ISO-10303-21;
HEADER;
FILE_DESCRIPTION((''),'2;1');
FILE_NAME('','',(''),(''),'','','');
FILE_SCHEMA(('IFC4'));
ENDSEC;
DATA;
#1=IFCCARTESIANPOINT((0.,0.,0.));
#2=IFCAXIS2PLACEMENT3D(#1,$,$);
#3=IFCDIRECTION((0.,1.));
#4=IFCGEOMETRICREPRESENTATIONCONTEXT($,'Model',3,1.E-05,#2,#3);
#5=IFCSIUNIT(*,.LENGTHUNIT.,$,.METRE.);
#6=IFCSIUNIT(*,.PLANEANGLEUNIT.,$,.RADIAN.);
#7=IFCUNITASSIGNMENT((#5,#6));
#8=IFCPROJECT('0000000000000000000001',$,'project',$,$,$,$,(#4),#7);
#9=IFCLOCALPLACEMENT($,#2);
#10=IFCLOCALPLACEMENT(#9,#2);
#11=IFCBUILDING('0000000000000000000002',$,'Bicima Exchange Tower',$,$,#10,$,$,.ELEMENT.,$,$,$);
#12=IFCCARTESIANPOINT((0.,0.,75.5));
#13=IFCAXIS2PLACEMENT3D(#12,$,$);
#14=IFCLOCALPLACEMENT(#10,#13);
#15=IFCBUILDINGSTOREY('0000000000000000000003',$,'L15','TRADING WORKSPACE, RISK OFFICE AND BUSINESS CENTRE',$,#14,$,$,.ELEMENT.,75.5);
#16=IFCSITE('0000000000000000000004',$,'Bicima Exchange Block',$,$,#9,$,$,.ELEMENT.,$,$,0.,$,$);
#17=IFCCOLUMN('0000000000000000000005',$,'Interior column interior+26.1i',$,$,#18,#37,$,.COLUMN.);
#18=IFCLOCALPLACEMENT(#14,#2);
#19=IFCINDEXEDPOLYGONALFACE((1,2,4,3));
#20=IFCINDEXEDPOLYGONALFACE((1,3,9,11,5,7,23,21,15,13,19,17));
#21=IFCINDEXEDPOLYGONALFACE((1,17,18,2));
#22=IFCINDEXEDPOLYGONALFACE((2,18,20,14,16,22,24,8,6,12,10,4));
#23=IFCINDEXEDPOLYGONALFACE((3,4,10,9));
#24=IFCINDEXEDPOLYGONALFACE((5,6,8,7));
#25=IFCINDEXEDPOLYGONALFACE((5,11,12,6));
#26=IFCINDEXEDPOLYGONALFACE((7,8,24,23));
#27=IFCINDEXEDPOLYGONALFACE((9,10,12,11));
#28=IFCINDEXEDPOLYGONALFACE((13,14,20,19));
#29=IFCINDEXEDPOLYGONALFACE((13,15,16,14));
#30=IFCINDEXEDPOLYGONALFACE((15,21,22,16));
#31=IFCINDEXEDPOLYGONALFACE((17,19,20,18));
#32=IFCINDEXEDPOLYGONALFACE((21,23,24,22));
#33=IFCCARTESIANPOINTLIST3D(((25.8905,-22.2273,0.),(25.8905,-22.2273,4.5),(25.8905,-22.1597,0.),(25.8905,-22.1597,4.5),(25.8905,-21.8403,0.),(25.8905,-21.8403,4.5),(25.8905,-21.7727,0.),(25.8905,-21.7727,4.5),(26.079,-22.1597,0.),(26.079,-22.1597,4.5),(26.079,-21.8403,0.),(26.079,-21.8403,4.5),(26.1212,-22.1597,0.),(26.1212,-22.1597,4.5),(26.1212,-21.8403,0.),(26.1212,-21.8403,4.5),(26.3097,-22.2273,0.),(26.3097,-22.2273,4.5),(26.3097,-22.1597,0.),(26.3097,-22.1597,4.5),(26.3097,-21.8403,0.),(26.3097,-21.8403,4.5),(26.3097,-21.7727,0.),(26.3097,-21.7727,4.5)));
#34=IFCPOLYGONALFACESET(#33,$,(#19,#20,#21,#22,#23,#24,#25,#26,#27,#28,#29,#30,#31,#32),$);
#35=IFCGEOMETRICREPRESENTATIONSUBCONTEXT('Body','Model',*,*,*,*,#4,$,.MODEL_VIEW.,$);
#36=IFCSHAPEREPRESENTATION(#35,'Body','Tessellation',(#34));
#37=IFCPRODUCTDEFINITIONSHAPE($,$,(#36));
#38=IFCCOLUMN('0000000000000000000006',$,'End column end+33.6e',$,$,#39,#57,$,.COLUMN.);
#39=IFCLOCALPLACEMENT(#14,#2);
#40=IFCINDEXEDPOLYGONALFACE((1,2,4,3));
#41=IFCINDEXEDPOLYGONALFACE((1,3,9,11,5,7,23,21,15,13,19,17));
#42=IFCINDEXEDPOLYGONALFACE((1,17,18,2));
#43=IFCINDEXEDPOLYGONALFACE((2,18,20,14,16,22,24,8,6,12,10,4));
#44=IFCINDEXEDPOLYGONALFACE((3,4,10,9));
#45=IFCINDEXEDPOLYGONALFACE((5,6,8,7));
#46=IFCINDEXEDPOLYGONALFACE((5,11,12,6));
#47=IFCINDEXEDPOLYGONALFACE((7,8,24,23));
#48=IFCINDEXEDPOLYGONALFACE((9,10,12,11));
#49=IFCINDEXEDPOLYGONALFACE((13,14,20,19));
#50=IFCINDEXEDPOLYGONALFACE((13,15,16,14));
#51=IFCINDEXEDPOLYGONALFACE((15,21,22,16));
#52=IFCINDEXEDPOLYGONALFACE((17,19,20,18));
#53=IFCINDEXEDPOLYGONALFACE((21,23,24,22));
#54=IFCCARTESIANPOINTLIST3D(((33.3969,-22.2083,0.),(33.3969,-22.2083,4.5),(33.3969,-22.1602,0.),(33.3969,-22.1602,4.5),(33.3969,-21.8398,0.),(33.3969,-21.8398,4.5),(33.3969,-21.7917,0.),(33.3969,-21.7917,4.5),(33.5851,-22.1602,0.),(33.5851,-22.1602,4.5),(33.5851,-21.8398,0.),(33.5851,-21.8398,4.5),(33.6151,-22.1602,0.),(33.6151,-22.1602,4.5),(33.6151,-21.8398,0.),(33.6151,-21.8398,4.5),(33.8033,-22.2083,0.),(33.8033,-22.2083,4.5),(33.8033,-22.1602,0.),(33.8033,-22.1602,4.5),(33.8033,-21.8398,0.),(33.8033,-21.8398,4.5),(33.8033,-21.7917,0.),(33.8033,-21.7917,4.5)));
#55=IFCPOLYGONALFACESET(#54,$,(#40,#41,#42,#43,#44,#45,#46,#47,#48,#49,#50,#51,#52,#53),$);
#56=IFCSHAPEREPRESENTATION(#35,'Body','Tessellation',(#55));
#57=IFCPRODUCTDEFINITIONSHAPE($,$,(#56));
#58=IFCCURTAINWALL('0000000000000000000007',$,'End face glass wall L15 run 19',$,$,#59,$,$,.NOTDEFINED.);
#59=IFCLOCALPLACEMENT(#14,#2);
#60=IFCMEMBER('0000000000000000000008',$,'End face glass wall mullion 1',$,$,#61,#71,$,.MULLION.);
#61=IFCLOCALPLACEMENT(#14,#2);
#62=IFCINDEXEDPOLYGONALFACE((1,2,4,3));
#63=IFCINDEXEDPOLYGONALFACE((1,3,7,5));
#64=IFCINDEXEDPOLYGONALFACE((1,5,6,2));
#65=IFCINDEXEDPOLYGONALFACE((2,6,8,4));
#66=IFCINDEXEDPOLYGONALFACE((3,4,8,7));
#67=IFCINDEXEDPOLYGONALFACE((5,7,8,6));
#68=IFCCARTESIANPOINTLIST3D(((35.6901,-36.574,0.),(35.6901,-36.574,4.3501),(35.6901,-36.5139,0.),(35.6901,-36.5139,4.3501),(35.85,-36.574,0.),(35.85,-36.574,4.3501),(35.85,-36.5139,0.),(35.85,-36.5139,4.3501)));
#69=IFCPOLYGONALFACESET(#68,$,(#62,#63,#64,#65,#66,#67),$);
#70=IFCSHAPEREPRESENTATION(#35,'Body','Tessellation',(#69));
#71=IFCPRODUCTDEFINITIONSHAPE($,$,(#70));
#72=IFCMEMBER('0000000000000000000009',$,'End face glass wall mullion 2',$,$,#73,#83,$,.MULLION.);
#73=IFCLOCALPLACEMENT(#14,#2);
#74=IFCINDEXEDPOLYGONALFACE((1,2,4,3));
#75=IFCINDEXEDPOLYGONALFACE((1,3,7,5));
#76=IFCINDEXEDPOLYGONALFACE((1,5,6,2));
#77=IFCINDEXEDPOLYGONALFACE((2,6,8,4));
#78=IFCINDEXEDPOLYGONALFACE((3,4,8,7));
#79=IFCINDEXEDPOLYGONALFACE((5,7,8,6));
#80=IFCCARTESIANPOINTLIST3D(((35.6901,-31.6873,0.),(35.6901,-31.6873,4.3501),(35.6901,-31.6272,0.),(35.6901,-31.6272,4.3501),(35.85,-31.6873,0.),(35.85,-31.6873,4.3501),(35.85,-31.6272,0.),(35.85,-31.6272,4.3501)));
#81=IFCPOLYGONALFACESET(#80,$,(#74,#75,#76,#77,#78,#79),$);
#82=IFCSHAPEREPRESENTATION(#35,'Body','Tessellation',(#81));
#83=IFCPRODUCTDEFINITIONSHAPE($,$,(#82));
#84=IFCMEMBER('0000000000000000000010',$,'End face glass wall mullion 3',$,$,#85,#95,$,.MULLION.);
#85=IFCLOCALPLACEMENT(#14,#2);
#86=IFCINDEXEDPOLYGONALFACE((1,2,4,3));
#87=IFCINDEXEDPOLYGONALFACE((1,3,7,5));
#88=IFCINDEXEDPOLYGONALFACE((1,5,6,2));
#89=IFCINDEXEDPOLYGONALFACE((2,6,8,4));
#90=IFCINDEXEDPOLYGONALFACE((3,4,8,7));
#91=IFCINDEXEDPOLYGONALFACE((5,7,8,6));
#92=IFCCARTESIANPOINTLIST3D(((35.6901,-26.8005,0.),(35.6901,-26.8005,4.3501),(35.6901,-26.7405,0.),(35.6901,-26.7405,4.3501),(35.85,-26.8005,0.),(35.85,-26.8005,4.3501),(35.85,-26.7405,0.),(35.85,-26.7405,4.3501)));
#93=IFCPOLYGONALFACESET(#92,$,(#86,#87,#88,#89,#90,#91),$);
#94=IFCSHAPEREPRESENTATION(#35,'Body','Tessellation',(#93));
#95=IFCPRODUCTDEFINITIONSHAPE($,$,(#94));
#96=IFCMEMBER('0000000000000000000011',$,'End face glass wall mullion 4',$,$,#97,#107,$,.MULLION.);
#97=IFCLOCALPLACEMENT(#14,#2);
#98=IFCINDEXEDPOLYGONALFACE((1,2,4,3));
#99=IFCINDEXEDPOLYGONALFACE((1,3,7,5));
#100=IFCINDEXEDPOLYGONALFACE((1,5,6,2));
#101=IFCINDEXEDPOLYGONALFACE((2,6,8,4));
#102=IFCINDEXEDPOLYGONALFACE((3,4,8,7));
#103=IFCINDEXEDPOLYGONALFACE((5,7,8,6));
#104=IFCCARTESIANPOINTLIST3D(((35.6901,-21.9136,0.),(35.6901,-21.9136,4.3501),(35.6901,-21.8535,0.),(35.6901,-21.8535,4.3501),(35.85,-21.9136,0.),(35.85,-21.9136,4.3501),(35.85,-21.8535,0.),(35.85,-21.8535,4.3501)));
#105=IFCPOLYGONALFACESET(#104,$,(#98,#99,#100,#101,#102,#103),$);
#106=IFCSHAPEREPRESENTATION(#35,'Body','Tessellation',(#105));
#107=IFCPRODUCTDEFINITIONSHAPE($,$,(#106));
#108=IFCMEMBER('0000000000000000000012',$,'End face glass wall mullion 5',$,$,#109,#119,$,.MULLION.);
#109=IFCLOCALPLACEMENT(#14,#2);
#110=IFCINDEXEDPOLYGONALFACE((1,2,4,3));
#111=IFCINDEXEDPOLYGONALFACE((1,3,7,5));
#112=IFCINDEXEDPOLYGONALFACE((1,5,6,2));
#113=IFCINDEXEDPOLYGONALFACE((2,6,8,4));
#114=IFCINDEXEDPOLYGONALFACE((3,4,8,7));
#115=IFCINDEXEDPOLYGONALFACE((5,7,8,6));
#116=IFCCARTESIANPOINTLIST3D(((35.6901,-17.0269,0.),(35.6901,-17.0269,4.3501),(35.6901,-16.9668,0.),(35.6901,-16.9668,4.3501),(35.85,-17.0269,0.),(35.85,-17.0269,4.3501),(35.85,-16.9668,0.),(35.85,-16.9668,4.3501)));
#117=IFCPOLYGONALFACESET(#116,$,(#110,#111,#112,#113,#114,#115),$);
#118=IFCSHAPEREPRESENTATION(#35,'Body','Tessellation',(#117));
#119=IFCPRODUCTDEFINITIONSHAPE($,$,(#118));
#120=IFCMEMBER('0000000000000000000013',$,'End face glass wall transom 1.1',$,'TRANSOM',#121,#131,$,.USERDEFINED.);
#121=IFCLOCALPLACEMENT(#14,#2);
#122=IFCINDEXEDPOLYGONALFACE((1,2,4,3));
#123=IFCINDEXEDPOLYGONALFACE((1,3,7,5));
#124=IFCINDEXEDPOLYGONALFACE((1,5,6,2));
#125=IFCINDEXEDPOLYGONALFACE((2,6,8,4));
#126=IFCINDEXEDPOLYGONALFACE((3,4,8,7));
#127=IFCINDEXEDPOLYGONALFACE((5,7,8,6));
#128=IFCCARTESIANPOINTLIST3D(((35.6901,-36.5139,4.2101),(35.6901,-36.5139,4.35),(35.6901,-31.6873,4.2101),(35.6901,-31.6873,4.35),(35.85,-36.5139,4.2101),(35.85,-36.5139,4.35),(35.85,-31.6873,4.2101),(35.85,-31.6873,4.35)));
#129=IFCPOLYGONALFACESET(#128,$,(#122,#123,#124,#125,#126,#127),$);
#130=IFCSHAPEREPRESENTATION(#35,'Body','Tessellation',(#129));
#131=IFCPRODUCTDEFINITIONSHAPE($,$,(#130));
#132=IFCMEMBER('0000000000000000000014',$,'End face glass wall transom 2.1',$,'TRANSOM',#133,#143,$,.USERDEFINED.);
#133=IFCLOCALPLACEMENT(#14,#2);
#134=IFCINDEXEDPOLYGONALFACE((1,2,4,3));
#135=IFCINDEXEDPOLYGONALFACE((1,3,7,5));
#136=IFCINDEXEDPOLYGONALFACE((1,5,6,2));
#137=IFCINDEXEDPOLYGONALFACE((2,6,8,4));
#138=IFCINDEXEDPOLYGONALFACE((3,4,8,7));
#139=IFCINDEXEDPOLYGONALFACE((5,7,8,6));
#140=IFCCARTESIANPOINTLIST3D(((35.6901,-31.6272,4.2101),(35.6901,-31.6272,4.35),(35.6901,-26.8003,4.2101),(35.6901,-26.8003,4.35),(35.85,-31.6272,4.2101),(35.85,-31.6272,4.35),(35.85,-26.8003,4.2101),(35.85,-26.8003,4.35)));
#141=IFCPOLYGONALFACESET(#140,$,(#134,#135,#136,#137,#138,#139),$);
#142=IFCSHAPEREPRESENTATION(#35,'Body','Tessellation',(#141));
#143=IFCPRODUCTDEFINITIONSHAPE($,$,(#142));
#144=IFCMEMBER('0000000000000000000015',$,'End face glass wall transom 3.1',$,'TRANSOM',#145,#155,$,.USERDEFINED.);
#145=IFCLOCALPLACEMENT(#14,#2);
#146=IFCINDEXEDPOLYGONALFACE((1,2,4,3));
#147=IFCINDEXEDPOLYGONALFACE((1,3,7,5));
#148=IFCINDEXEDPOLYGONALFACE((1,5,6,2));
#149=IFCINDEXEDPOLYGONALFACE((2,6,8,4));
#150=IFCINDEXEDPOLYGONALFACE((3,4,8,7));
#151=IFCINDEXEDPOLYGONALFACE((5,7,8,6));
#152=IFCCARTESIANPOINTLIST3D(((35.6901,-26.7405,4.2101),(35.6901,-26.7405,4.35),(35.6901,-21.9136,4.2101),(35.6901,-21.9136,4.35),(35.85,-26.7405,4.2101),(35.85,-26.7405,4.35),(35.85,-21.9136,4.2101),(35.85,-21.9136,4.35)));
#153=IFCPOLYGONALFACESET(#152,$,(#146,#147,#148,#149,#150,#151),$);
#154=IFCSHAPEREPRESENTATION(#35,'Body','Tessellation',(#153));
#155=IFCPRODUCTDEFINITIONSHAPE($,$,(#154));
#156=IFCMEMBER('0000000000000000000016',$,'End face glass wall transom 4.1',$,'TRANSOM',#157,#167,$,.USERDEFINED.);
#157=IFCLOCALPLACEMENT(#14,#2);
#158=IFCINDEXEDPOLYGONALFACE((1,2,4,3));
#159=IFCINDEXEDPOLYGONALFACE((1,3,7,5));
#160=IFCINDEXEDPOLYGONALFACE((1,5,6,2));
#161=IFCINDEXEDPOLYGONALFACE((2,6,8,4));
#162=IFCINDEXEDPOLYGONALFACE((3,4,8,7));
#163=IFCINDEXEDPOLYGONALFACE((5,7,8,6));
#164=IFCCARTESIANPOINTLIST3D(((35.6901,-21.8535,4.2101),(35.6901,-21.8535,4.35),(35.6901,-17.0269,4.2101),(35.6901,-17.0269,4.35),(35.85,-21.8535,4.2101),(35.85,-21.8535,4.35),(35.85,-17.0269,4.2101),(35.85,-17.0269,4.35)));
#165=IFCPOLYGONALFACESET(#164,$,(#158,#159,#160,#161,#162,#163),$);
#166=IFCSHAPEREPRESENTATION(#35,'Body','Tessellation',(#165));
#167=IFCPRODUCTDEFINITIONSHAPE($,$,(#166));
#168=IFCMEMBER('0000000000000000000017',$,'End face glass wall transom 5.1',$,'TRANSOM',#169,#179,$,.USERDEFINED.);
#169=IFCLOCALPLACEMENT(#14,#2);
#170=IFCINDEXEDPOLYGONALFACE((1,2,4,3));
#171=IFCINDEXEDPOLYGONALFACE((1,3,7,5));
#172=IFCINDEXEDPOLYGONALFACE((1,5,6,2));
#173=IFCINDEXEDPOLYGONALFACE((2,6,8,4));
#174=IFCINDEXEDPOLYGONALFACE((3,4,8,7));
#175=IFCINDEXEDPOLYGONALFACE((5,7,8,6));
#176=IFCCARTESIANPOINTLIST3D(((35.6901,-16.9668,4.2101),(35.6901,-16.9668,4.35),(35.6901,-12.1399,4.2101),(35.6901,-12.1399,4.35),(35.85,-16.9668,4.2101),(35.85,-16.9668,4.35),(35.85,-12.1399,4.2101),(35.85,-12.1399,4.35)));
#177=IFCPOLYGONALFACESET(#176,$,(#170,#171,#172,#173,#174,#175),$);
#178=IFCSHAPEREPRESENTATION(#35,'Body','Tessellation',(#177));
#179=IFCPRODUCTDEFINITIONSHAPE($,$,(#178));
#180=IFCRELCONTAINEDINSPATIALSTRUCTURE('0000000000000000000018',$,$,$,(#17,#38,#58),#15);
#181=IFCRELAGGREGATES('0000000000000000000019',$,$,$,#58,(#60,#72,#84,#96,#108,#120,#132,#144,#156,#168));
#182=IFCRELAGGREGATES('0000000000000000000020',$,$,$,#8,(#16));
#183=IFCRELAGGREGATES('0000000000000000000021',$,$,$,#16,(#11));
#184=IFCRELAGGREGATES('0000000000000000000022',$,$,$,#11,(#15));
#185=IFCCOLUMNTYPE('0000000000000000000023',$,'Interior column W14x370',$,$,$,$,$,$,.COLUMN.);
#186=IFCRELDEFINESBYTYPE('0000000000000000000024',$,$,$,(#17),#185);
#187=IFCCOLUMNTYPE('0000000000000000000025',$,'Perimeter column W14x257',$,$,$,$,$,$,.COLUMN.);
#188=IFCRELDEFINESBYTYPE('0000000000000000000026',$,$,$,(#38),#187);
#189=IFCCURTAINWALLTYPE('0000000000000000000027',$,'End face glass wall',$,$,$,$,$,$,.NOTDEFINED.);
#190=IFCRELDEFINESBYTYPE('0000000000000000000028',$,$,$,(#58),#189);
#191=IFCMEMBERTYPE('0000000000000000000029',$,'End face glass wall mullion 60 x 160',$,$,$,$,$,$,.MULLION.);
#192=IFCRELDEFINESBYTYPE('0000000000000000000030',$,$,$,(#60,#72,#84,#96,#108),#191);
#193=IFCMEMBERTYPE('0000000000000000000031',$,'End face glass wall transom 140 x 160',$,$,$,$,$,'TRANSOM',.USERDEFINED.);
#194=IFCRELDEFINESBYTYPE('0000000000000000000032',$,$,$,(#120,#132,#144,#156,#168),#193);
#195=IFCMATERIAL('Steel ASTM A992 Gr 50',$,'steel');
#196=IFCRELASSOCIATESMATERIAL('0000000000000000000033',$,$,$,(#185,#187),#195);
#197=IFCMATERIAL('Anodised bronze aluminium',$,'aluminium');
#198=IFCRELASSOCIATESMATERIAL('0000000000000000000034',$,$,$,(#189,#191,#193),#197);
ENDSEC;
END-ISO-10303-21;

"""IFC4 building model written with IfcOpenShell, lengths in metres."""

from ifc_helpers import new_model, si_unit, direction, frame, origin, origin_2d, place, context, subcontext, project, spatial, rectangle, i_section, extrude, material, material_profile, profile_set, type_object, element, aggregate, save


model = new_model("IFC4")

# Units and contexts
model_context = context("Model", 3, precision=1e-05, world=origin(), true_north=direction((0.0, 1.0)))
body_context = subcontext(model_context, "Body", "Model", "MODEL_VIEW")
ifc_project = project(units=[si_unit("LENGTHUNIT", "METRE"), si_unit("PLANEANGLEUNIT", "RADIAN")], contexts=[model_context])

# Site, building, storey
site_placement = place(None, origin())
site = spatial("IfcSite", under=ifc_project, at=site_placement, Name="Bicima Exchange Block", CompositionType="ELEMENT", RefElevation=0.0)
building_placement = place(site_placement, origin())
building = spatial("IfcBuilding", under=site, at=building_placement, Name="Bicima Exchange Tower", CompositionType="ELEMENT")
storey_placement = place(building_placement, frame((0.0, 0.0, 75.5)))
storey = spatial("IfcBuildingStorey", under=building, at=storey_placement, Name="L15", Description="TRADING WORKSPACE, RISK OFFICE AND BUSINESS CENTRE", CompositionType="ELEMENT", Elevation=75.5)

# Columns
ifc_material_1 = material(Name="Steel ASTM A992 Gr 50", Category="steel")
ifc_material_profile_1 = material_profile(ifc_material_1, i_section(OverallWidth=0.4192, OverallDepth=0.4546, WebThickness=0.0422, FlangeThickness=0.0676, at=origin_2d()))
ifc_profile_set_1 = profile_set([ifc_material_profile_1], Name="Steel ASTM A992 Gr 50")
column_type_1 = type_object("IfcColumnType", Name="Interior column W14x370", PredefinedType="COLUMN", material=ifc_profile_set_1)
column_1_placement = place(storey_placement, frame((26.1001, -22.0, 0.0), z_axis=(0.0, 0.0, 1.0), x_axis=(1.0, 0.0, 0.0)))
element("IfcColumn", 1, at=column_1_placement, inside=storey, type_object=column_type_1, Name="Interior column interior+26.1i", PredefinedType="COLUMN", context=body_context, shape_type="SweptSolid", body=[
    extrude(i_section(OverallWidth=0.4192, OverallDepth=0.4546, WebThickness=0.0422, FlangeThickness=0.0676, at=origin_2d()), origin(), (0.0, 0.0, 1.0), 4.5),
])
ifc_material_profile_2 = material_profile(ifc_material_1, i_section(OverallWidth=0.4065, OverallDepth=0.4165, WebThickness=0.03, FlangeThickness=0.0481, at=origin_2d()))
ifc_profile_set_2 = profile_set([ifc_material_profile_2], Name="Steel ASTM A992 Gr 50")
column_type_2 = type_object("IfcColumnType", Name="Perimeter column W14x257", PredefinedType="COLUMN", material=ifc_profile_set_2)
column_2_placement = place(storey_placement, frame((33.6001, -22.0, 0.0), z_axis=(0.0, 0.0, 1.0), x_axis=(1.0, 0.0, 0.0)))
element("IfcColumn", 2, at=column_2_placement, inside=storey, type_object=column_type_2, Name="End column end+33.6e", PredefinedType="COLUMN", context=body_context, shape_type="SweptSolid", body=[
    extrude(i_section(OverallWidth=0.4065, OverallDepth=0.4165, WebThickness=0.03, FlangeThickness=0.0481, at=origin_2d()), origin(), (0.0, 0.0, 1.0), 4.5),
])

# Curtain wall, members
ifc_material_2 = material(Name="Anodised bronze aluminium", Category="aluminium")
curtain_wall_type = type_object("IfcCurtainWallType", Name="End face glass wall", PredefinedType="NOTDEFINED", material=ifc_material_2)
curtain_wall_placement = place(storey_placement, origin())
curtain_wall = element("IfcCurtainWall", 3, at=curtain_wall_placement, inside=storey, type_object=curtain_wall_type, Name="End face glass wall L15 run 19", PredefinedType="NOTDEFINED")
ifc_material_profile_3 = material_profile(ifc_material_2, rectangle(XDim=0.1599, YDim=0.0601, at=origin_2d()))
ifc_profile_set_3 = profile_set([ifc_material_profile_3], Name="Anodised bronze aluminium")
member_type_1 = type_object("IfcMemberType", Name="End face glass wall mullion 60 x 160", PredefinedType="MULLION", material=ifc_profile_set_3)
member_1_placement = place(storey_placement, frame((35.77, -36.5439, 0.0), z_axis=(0.0, 0.0, 1.0), x_axis=(-1.0, 0.0, 0.0)))
member_1 = element("IfcMember", 4, at=member_1_placement, type_object=member_type_1, Name="End face glass wall mullion 1", PredefinedType="MULLION", context=body_context, shape_type="SweptSolid", body=[
    extrude(rectangle(XDim=0.1599, YDim=0.0601, at=origin_2d()), origin(), (0.0, 0.0, 1.0), 4.3501),
])
member_2_placement = place(storey_placement, frame((35.77, -31.6572, 0.0), z_axis=(0.0, 0.0, 1.0), x_axis=(-1.0, 0.0, 0.0)))
member_2 = element("IfcMember", 5, at=member_2_placement, type_object=member_type_1, Name="End face glass wall mullion 2", PredefinedType="MULLION", context=body_context, shape_type="SweptSolid", body=[
    extrude(rectangle(XDim=0.1599, YDim=0.0601, at=origin_2d()), origin(), (0.0, 0.0, 1.0), 4.3501),
])
member_3_placement = place(storey_placement, frame((35.77, -26.7705, 0.0), z_axis=(0.0, 0.0, 1.0), x_axis=(-1.0, 0.0, 0.0)))
member_3 = element("IfcMember", 6, at=member_3_placement, type_object=member_type_1, Name="End face glass wall mullion 3", PredefinedType="MULLION", context=body_context, shape_type="SweptSolid", body=[
    extrude(rectangle(XDim=0.1599, YDim=0.0601, at=origin_2d()), origin(), (0.0, 0.0, 1.0), 4.3501),
])
member_4_placement = place(storey_placement, frame((35.77, -21.8835, 0.0), z_axis=(0.0, 0.0, 1.0), x_axis=(-1.0, 0.0, 0.0)))
member_4 = element("IfcMember", 7, at=member_4_placement, type_object=member_type_1, Name="End face glass wall mullion 4", PredefinedType="MULLION", context=body_context, shape_type="SweptSolid", body=[
    extrude(rectangle(XDim=0.1599, YDim=0.0601, at=origin_2d()), origin(), (0.0, 0.0, 1.0), 4.3501),
])
member_5_placement = place(storey_placement, frame((35.77, -16.9968, 0.0), z_axis=(0.0, 0.0, 1.0), x_axis=(-1.0, 0.0, 0.0)))
member_5 = element("IfcMember", 8, at=member_5_placement, type_object=member_type_1, Name="End face glass wall mullion 5", PredefinedType="MULLION", context=body_context, shape_type="SweptSolid", body=[
    extrude(rectangle(XDim=0.1599, YDim=0.0601, at=origin_2d()), origin(), (0.0, 0.0, 1.0), 4.3501),
])
ifc_material_profile_4 = material_profile(ifc_material_2, rectangle(XDim=0.1599, YDim=0.1399, at=origin_2d()))
ifc_profile_set_4 = profile_set([ifc_material_profile_4], Name="Anodised bronze aluminium")
member_type_2 = type_object("IfcMemberType", Name="End face glass wall transom 140 x 160", ElementType="TRANSOM", PredefinedType="USERDEFINED", material=ifc_profile_set_4)
member_6_placement = place(storey_placement, frame((35.77, -36.5139, 4.28), z_axis=(0.0, 1.0, 0.0), x_axis=(-1.0, 0.0, 0.0)))
member_6 = element("IfcMember", 9, at=member_6_placement, type_object=member_type_2, Name="End face glass wall transom 1.1", ObjectType="TRANSOM", PredefinedType="USERDEFINED", context=body_context, shape_type="SweptSolid", body=[
    extrude(rectangle(XDim=0.1599, YDim=0.1399, at=origin_2d()), origin(), (0.0, 0.0, 1.0), 4.8267),
])
member_7_placement = place(storey_placement, frame((35.77, -31.6272, 4.28), z_axis=(0.0, 1.0, 0.0), x_axis=(-1.0, 0.0, 0.0)))
member_7 = element("IfcMember", 10, at=member_7_placement, type_object=member_type_2, Name="End face glass wall transom 2.1", ObjectType="TRANSOM", PredefinedType="USERDEFINED", context=body_context, shape_type="SweptSolid", body=[
    extrude(rectangle(XDim=0.1599, YDim=0.1399, at=origin_2d()), origin(), (0.0, 0.0, 1.0), 4.8269),
])
member_8_placement = place(storey_placement, frame((35.77, -26.7405, 4.28), z_axis=(0.0, 1.0, 0.0), x_axis=(-1.0, 0.0, 0.0)))
member_8 = element("IfcMember", 11, at=member_8_placement, type_object=member_type_2, Name="End face glass wall transom 3.1", ObjectType="TRANSOM", PredefinedType="USERDEFINED", context=body_context, shape_type="SweptSolid", body=[
    extrude(rectangle(XDim=0.1599, YDim=0.1399, at=origin_2d()), origin(), (0.0, 0.0, 1.0), 4.8269),
])
member_9_placement = place(storey_placement, frame((35.77, -21.8535, 4.28), z_axis=(0.0, 1.0, 0.0), x_axis=(-1.0, 0.0, 0.0)))
member_9 = element("IfcMember", 12, at=member_9_placement, type_object=member_type_2, Name="End face glass wall transom 4.1", ObjectType="TRANSOM", PredefinedType="USERDEFINED", context=body_context, shape_type="SweptSolid", body=[
    extrude(rectangle(XDim=0.1599, YDim=0.1399, at=origin_2d()), origin(), (0.0, 0.0, 1.0), 4.8267),
])
member_10_placement = place(storey_placement, frame((35.77, -16.9668, 4.28), z_axis=(0.0, 1.0, 0.0), x_axis=(-1.0, 0.0, 0.0)))
member_10 = element("IfcMember", 13, at=member_10_placement, type_object=member_type_2, Name="End face glass wall transom 5.1", ObjectType="TRANSOM", PredefinedType="USERDEFINED", context=body_context, shape_type="SweptSolid", body=[
    extrude(rectangle(XDim=0.1599, YDim=0.1399, at=origin_2d()), origin(), (0.0, 0.0, 1.0), 4.8269),
])

aggregate(curtain_wall, [member_1, member_2, member_3, member_4, member_5, member_6, member_7, member_8, member_9, member_10])

save(model, "model.ifc")
